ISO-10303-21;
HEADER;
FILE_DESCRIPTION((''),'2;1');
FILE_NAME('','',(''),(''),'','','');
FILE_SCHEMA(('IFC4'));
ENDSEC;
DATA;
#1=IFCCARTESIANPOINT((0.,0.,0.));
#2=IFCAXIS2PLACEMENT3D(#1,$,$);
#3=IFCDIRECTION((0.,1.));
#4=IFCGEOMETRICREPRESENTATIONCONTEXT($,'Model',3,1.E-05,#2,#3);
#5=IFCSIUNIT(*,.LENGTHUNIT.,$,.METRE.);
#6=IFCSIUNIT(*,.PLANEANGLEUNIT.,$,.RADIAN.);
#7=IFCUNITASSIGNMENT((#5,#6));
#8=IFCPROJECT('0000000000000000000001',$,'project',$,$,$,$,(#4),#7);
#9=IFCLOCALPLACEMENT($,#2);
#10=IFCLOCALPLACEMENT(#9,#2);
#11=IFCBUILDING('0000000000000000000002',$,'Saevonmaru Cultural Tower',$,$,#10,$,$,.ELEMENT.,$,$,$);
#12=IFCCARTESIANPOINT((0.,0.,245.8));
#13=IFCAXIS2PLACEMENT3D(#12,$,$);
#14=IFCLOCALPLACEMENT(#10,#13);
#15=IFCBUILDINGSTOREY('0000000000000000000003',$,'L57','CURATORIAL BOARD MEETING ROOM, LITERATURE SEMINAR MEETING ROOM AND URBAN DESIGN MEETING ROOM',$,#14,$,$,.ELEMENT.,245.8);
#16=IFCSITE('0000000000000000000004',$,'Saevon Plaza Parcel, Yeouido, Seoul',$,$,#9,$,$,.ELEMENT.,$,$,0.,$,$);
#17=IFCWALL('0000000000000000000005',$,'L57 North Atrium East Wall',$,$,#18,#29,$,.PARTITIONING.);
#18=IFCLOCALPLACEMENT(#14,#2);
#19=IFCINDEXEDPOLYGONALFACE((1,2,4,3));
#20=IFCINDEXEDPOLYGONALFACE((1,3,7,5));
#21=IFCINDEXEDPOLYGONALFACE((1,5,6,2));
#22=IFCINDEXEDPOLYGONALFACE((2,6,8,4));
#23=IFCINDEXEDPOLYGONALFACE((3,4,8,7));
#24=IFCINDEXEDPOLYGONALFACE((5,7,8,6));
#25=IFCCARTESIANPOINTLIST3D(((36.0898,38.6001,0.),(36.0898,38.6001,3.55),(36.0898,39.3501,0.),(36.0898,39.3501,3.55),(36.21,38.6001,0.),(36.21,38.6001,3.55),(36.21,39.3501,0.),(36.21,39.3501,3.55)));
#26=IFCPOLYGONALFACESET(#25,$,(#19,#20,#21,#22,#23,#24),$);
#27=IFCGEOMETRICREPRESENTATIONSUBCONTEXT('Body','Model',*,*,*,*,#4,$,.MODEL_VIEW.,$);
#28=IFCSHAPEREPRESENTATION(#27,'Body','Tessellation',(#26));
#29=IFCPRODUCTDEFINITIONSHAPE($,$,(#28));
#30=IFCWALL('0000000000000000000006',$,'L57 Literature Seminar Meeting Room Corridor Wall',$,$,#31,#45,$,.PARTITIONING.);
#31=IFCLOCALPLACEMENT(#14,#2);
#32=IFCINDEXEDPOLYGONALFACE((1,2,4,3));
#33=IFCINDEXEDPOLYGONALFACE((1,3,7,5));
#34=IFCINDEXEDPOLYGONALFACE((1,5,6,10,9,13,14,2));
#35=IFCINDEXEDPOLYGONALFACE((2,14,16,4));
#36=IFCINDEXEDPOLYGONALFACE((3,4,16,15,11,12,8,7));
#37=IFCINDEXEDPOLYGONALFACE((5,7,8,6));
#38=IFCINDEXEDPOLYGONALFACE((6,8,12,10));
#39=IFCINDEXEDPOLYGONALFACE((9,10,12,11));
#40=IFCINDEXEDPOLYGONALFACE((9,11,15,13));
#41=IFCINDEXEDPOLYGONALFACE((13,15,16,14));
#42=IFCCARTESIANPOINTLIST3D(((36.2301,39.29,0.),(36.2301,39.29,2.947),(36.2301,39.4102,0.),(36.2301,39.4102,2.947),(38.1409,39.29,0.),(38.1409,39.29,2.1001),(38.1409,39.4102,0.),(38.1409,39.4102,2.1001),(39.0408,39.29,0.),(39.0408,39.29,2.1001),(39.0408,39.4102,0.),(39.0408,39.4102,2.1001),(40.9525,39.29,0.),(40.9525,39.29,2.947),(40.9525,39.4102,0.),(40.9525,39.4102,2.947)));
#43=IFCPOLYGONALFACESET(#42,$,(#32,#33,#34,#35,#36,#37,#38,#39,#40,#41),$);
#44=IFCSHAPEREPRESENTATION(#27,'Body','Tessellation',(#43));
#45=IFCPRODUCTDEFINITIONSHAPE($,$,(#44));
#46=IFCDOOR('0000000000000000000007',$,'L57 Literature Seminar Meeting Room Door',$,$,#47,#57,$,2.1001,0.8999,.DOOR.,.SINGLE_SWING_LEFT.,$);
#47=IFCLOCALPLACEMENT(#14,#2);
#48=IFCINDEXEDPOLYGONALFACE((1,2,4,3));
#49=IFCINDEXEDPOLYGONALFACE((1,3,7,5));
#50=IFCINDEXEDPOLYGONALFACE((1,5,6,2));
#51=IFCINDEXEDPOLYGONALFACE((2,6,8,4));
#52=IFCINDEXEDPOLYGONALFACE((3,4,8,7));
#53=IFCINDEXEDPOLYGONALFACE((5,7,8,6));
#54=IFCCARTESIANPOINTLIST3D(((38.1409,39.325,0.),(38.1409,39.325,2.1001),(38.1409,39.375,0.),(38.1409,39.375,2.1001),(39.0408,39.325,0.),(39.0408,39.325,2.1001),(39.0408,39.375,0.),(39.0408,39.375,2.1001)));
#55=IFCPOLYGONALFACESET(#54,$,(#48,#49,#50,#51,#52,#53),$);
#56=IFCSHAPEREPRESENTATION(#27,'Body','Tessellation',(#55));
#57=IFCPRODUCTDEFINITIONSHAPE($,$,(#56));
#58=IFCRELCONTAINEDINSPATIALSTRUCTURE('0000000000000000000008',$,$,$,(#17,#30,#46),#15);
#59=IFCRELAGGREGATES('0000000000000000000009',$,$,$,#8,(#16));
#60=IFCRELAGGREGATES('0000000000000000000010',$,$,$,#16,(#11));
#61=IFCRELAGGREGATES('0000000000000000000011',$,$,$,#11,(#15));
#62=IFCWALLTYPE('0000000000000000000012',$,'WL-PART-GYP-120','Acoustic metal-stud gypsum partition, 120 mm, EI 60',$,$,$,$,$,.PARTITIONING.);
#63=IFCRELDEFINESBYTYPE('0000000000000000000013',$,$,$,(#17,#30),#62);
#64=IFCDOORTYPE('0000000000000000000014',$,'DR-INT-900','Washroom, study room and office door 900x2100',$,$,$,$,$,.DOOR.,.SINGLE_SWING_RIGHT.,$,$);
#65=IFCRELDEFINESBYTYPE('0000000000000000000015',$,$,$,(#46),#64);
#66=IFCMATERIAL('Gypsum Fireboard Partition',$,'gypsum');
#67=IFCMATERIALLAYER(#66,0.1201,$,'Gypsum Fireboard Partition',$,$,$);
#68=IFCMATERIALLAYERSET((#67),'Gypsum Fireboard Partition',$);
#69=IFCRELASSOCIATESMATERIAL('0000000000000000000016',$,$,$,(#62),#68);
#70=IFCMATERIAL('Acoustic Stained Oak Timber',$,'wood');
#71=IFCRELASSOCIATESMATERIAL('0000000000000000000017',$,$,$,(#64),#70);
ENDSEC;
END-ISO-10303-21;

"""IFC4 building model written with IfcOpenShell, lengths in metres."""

from ifc_helpers import new_model, si_unit, direction, frame, frame_2d, origin, place, context, subcontext, project, spatial, rectangle, extrude, material, layer, layer_set, type_object, element, fill, save


model = new_model("IFC4")

# Units and contexts
model_context = context("Model", 3, precision=1e-05, world=origin(), true_north=direction((0.0, 1.0)))
body_context = subcontext(model_context, "Body", "Model", "MODEL_VIEW")
ifc_project = project(units=[si_unit("LENGTHUNIT", "METRE"), si_unit("PLANEANGLEUNIT", "RADIAN")], contexts=[model_context])

# Site, building, storey
site_placement = place(None, origin())
site = spatial("IfcSite", under=ifc_project, at=site_placement, Name="Saevon Plaza Parcel, Yeouido, Seoul", CompositionType="ELEMENT", RefElevation=0.0)
building_placement = place(site_placement, origin())
building = spatial("IfcBuilding", under=site, at=building_placement, Name="Saevonmaru Cultural Tower", CompositionType="ELEMENT")
storey_placement = place(building_placement, frame((0.0, 0.0, 245.8)))
storey = spatial("IfcBuildingStorey", under=building, at=storey_placement, Name="L57", Description="CURATORIAL BOARD MEETING ROOM, LITERATURE SEMINAR MEETING ROOM AND URBAN DESIGN MEETING ROOM", CompositionType="ELEMENT", Elevation=245.8)

# Wall
ifc_material_1 = material(Name="Gypsum Fireboard Partition", Category="gypsum")
ifc_layer_1 = layer(ifc_material_1, 0.1201, Name="Gypsum Fireboard Partition")
ifc_layer_set_1 = layer_set([ifc_layer_1], Name="Gypsum Fireboard Partition")
wall_type_1 = type_object("IfcWallType", Name="WL-PART-GYP-120", Description="Acoustic metal-stud gypsum partition, 120 mm, EI 60", PredefinedType="PARTITIONING", material=ifc_layer_set_1)
wall_1_placement = place(storey_placement, frame((36.1499, 38.6001, 0.0), z_axis=(0.0, 0.0, 1.0), x_axis=(0.0, 1.0, 0.0)))
element("IfcWall", 1, at=wall_1_placement, inside=storey, type_object=wall_type_1, Name="L57 North Atrium East Wall", PredefinedType="PARTITIONING", context=body_context, shape_type="SweptSolid", body=[
    extrude(rectangle(XDim=0.75, YDim=0.1201, at=frame_2d((0.375, 0.0))), origin(), (0.0, 0.0, 1.0), 3.55),
])

# Wall, opening, door
wall_2_placement = place(storey_placement, frame((36.23, 39.3501, 0.0), z_axis=(0.0, 0.0, 1.0), x_axis=(1.0, 0.0, 0.0)))
wall_2 = element("IfcWall", 2, at=wall_2_placement, inside=storey, type_object=wall_type_1, Name="L57 Literature Seminar Meeting Room Corridor Wall", PredefinedType="PARTITIONING", context=body_context, shape_type="SweptSolid", body=[
    extrude(rectangle(XDim=4.7224, YDim=0.1201, at=frame_2d((2.3613, 0.0))), origin(), (0.0, 0.0, 1.0), 2.947),
])
opening_placement = place(wall_2_placement, frame((1.9109, 0.0, 0.0)))
opening = element("IfcOpeningElement", 3, at=opening_placement, cuts=wall_2, PredefinedType="OPENING", context=body_context, shape_type="SweptSolid", body=[
    extrude(rectangle(XDim=0.8999, YDim=2.1001, at=frame_2d((0.45, 1.05))), frame((0.0, 0.0701, 0.0), z_axis=(0.0, -1.0, 0.0), x_axis=(1.0, 0.0, 0.0)), (0.0, 0.0, 1.0), 0.1401),
])
ifc_material_2 = material(Name="Acoustic Stained Oak Timber", Category="wood")
door_type = type_object("IfcDoorType", Name="DR-INT-900", Description="Washroom, study room and office door 900x2100", OperationType="SINGLE_SWING_RIGHT", PredefinedType="DOOR", material=ifc_material_2)
door_placement = place(opening_placement, origin())
door = element("IfcDoor", 4, at=door_placement, inside=storey, type_object=door_type, Name="L57 Literature Seminar Meeting Room Door", OperationType="SINGLE_SWING_LEFT", OverallHeight=2.1001, OverallWidth=0.8999, PredefinedType="DOOR", context=body_context, shape_type="SweptSolid", body=[
    extrude(rectangle(XDim=0.8999, YDim=2.1001, at=frame_2d((0.45, 1.05))), frame((0.0, 0.0249, 0.0), z_axis=(0.0, -1.0, 0.0), x_axis=(1.0, 0.0, 0.0)), (0.0, 0.0, 1.0), 0.05),
])
fill(opening, door)

save(model, "model.ifc")
